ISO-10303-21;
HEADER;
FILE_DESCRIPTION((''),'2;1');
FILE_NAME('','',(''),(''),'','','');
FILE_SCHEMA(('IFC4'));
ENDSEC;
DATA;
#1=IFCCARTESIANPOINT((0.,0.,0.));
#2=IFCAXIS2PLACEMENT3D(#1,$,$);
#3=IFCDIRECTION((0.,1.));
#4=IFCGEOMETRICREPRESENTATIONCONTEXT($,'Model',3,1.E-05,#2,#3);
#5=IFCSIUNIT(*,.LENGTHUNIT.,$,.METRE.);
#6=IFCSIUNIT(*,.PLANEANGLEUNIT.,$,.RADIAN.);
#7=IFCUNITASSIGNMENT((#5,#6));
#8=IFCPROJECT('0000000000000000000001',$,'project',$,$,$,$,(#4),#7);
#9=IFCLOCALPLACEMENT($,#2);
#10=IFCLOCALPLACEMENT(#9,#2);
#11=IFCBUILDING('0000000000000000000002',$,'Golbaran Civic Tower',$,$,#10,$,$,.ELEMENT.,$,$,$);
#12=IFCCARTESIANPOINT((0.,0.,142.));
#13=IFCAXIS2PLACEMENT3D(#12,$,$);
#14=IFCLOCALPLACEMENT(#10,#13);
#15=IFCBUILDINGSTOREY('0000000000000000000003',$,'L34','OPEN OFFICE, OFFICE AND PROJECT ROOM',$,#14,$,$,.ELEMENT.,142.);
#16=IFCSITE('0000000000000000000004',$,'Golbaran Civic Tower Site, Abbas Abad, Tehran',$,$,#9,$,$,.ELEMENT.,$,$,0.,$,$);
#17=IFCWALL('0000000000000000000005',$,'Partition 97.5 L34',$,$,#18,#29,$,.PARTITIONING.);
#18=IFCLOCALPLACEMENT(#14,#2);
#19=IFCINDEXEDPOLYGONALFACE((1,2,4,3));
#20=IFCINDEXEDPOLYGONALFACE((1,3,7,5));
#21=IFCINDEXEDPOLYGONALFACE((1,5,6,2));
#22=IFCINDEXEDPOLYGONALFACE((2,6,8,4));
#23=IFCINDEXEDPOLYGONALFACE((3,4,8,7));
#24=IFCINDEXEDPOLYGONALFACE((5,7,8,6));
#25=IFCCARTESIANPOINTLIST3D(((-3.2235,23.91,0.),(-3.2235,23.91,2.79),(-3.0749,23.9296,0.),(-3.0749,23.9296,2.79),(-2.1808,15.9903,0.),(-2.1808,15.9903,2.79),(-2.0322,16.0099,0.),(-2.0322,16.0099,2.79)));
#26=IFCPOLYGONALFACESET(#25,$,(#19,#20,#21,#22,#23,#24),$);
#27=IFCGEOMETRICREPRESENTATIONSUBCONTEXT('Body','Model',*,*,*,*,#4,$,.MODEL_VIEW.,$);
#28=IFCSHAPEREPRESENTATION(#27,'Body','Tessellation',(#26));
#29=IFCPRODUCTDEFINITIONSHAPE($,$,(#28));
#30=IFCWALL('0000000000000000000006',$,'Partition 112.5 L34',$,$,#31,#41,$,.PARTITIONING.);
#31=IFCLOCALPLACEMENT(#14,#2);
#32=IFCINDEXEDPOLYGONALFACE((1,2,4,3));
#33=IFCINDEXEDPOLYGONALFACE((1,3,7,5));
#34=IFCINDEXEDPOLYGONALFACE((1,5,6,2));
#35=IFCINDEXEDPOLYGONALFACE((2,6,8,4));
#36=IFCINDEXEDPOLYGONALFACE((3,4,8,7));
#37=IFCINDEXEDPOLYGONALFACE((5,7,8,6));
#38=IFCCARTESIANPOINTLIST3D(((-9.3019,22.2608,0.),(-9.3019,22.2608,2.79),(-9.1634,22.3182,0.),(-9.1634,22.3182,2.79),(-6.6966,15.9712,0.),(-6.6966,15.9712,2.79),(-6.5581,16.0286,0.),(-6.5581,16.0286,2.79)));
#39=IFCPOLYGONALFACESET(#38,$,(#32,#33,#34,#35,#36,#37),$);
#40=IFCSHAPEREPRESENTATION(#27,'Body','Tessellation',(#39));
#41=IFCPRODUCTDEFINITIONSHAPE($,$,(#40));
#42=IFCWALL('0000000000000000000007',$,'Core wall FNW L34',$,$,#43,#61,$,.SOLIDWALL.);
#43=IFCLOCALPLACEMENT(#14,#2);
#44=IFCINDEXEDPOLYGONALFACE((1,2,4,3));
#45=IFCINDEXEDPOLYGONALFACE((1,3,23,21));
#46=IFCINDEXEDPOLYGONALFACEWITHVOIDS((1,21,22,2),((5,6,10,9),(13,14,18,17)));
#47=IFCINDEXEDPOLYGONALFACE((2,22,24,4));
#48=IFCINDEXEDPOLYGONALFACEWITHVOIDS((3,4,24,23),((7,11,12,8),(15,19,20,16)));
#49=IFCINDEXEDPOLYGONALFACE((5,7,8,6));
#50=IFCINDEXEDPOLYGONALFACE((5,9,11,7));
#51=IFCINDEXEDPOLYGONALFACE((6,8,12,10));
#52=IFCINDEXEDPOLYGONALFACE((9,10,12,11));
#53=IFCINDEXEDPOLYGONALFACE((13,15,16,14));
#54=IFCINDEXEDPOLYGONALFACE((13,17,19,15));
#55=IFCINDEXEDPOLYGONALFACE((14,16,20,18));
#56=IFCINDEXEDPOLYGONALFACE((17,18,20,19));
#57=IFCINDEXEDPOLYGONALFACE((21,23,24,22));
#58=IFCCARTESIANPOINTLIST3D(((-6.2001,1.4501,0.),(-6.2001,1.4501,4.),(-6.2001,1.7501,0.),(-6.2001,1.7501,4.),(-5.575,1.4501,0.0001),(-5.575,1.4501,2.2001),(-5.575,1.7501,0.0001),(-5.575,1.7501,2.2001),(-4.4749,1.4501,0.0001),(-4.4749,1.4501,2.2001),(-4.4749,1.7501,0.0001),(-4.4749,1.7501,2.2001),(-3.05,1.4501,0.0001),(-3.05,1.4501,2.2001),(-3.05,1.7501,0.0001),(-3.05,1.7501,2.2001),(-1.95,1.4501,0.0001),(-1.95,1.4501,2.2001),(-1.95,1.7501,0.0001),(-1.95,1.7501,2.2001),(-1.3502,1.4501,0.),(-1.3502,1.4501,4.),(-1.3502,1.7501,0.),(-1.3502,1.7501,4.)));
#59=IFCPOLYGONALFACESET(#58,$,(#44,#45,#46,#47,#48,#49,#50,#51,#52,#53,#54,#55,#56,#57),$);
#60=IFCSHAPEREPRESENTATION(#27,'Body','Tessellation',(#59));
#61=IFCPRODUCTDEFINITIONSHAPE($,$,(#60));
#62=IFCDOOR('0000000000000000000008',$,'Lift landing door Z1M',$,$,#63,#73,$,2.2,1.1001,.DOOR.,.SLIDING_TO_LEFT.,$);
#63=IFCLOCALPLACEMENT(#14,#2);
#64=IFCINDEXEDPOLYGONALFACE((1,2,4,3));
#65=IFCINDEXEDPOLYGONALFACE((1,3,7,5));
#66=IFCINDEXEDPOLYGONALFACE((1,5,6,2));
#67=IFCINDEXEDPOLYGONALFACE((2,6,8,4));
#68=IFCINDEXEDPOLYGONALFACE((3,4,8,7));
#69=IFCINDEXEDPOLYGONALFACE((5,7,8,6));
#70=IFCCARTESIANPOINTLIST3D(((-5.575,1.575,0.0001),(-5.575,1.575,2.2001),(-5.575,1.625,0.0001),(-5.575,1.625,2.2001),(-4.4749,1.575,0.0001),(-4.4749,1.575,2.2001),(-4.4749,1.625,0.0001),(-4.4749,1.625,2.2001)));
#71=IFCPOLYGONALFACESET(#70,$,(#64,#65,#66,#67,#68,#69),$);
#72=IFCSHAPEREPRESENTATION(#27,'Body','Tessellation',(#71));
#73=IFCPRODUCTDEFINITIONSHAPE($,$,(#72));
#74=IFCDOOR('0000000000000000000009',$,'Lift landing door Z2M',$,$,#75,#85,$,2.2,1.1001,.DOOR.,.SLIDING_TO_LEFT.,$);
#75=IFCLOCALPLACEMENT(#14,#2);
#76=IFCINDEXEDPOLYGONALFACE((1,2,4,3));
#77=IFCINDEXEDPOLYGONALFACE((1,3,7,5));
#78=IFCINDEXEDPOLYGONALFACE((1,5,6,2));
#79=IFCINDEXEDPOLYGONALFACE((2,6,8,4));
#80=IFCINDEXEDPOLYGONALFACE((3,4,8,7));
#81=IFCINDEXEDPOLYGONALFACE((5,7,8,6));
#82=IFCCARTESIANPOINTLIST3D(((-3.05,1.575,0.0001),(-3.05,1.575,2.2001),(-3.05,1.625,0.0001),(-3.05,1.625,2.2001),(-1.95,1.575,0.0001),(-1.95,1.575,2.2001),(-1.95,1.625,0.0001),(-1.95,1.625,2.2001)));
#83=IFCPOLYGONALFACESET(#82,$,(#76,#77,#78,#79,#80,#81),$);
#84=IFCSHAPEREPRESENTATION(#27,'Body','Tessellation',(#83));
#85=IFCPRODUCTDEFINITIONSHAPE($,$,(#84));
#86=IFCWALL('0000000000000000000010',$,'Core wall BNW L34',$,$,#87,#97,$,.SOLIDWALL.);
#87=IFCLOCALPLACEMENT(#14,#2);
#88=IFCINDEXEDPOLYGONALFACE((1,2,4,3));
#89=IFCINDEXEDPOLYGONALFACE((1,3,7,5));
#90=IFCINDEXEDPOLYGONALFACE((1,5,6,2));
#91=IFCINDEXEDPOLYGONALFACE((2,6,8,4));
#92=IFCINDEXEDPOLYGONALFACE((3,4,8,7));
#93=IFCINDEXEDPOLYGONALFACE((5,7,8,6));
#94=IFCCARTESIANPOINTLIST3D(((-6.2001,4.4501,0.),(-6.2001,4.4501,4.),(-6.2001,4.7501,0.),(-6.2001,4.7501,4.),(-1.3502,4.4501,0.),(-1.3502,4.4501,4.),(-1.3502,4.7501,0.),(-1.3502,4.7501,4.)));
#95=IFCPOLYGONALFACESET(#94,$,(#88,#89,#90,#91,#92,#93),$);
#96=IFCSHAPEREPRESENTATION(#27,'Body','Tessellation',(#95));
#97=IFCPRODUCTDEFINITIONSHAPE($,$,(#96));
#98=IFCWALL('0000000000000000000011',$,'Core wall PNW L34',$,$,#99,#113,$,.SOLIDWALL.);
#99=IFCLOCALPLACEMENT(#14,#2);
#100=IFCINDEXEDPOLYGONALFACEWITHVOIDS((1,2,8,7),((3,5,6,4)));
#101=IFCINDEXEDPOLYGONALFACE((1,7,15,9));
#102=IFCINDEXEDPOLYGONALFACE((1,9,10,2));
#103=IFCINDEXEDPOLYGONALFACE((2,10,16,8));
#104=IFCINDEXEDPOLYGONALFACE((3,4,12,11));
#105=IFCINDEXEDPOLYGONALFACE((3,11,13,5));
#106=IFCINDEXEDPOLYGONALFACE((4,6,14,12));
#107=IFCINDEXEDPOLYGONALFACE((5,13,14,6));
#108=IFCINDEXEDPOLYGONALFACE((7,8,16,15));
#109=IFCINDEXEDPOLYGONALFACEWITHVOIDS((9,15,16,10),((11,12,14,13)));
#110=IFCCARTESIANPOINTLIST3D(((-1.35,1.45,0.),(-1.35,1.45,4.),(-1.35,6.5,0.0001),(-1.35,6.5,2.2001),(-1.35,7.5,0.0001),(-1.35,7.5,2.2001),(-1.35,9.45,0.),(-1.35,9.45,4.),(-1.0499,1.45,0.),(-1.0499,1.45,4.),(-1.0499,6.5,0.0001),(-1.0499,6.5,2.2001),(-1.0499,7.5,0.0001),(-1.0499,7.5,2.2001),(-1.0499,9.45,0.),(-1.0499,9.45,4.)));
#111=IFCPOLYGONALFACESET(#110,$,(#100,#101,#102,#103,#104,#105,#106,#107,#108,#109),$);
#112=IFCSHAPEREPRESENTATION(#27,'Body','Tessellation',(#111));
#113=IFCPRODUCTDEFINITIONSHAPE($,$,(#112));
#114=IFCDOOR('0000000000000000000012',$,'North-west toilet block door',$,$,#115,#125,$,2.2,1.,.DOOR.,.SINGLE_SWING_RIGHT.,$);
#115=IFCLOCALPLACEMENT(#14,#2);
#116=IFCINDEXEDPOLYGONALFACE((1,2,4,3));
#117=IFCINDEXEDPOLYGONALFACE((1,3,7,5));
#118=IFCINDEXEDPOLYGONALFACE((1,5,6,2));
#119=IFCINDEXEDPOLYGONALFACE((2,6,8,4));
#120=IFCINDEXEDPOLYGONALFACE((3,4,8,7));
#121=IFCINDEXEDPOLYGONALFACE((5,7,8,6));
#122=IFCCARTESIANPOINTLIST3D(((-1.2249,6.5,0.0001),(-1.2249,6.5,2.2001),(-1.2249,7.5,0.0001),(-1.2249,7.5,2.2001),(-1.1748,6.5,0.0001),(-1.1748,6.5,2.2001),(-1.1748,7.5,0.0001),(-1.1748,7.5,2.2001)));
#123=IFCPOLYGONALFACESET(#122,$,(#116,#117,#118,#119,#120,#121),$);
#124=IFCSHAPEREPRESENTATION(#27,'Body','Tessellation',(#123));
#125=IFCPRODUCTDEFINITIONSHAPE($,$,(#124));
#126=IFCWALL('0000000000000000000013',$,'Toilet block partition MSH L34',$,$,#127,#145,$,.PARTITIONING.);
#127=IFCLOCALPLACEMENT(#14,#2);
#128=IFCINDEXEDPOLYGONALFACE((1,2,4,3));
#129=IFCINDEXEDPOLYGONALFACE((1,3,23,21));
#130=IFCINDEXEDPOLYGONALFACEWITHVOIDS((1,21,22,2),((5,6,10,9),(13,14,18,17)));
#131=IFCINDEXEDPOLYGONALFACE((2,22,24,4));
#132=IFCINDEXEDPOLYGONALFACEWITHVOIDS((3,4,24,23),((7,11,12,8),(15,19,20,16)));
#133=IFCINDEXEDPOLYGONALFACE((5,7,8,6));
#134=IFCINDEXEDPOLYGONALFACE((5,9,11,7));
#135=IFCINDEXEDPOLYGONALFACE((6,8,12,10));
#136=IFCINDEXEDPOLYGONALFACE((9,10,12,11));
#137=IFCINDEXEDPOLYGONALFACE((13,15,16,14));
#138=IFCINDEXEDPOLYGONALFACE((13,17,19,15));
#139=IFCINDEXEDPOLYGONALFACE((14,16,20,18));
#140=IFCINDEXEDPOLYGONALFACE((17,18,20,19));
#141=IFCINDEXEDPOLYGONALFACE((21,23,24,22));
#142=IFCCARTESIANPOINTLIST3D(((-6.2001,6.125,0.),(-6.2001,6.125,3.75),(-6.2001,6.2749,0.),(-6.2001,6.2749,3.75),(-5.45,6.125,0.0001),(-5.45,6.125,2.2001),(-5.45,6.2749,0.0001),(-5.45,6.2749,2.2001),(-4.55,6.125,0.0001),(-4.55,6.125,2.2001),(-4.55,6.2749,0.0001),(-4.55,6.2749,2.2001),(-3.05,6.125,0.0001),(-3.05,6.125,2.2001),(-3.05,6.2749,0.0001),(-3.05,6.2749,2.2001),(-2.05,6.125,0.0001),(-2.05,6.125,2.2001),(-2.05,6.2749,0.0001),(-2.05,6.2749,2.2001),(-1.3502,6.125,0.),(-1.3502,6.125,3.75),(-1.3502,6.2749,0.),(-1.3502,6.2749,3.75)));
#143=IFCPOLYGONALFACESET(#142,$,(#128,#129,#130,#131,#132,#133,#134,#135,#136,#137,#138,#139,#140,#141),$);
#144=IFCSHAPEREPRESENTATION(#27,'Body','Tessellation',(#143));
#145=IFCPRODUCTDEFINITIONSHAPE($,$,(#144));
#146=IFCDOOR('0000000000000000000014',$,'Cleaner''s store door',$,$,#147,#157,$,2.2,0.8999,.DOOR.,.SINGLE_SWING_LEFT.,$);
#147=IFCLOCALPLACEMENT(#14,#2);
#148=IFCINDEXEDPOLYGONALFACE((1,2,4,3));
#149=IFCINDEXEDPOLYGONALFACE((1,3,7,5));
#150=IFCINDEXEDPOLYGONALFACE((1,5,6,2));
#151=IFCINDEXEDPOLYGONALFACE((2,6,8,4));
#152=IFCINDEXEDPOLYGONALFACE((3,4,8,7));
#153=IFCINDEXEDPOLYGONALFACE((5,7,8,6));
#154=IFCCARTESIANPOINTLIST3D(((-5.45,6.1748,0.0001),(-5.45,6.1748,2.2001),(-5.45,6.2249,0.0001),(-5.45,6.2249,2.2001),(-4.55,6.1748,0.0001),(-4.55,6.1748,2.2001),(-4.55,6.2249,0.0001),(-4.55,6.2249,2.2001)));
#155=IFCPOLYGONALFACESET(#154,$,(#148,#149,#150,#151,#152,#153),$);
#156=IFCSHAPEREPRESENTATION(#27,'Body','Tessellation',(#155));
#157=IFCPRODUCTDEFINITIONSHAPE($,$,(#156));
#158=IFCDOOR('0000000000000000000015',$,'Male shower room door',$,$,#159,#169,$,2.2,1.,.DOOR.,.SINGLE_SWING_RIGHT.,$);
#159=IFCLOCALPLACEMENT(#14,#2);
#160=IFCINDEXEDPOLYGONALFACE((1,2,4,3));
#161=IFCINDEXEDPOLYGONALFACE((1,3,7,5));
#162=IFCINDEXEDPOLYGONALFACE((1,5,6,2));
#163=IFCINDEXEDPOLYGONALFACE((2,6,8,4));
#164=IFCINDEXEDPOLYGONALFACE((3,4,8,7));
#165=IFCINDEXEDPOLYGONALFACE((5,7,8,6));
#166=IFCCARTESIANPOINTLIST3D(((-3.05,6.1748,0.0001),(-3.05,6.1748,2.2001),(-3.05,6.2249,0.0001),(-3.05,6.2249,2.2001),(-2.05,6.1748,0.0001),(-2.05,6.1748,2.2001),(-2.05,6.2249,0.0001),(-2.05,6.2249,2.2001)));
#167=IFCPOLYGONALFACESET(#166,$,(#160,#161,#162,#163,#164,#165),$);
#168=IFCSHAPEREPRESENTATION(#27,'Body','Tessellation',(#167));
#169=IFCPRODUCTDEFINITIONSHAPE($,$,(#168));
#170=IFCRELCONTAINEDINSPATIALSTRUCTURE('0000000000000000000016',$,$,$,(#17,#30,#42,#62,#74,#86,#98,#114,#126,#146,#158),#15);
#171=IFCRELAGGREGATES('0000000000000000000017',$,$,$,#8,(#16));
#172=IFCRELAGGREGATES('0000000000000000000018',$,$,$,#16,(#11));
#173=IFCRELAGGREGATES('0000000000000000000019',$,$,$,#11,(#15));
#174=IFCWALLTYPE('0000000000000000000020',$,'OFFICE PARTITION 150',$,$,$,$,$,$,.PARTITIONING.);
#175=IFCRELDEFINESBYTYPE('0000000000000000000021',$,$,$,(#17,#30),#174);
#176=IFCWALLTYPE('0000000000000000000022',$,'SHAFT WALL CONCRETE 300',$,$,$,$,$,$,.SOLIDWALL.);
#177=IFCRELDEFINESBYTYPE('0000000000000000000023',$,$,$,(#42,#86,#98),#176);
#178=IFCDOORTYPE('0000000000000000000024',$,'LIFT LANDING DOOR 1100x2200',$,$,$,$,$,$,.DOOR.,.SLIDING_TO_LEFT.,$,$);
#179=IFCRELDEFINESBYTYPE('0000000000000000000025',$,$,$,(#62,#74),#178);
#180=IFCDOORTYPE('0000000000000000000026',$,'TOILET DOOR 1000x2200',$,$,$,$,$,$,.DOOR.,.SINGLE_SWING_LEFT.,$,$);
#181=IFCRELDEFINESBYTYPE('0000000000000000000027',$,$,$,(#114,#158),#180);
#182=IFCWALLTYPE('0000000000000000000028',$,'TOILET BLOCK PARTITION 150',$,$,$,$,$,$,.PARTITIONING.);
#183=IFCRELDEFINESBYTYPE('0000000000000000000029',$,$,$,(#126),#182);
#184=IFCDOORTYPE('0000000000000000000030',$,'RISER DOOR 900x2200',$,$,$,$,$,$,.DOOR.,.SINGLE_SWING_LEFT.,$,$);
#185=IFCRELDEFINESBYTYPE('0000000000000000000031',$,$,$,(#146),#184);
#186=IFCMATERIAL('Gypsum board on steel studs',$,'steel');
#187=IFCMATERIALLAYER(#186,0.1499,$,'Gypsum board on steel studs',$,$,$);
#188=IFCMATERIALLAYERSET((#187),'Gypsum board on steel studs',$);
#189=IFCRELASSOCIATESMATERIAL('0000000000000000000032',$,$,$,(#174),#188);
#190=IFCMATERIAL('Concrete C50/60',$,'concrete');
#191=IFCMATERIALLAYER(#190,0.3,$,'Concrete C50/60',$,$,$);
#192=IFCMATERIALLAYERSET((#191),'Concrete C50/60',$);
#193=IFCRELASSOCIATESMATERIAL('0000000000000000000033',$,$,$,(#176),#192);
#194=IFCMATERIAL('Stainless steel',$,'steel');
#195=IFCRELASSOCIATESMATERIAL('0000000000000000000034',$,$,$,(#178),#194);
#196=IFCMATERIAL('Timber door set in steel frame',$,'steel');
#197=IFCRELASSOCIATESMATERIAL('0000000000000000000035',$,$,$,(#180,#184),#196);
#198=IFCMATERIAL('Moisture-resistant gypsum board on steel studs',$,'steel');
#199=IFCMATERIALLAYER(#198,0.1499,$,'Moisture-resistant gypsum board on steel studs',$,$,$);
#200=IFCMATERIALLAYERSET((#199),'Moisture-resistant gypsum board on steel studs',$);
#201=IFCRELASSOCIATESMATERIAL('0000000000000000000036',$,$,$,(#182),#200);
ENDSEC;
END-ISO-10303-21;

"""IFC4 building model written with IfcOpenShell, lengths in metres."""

from ifc_helpers import new_model, si_unit, direction, frame, frame_2d, origin, place, context, subcontext, project, spatial, rectangle, extrude, material, layer, layer_set, type_object, element, fill, save


model = new_model("IFC4")

# Units and contexts
model_context = context("Model", 3, precision=1e-05, world=origin(), true_north=direction((0.0, 1.0)))
body_context = subcontext(model_context, "Body", "Model", "MODEL_VIEW")
ifc_project = project(units=[si_unit("LENGTHUNIT", "METRE"), si_unit("PLANEANGLEUNIT", "RADIAN")], contexts=[model_context])

# Site, building, storey
site_placement = place(None, origin())
site = spatial("IfcSite", under=ifc_project, at=site_placement, Name="Golbaran Civic Tower Site, Abbas Abad, Tehran", CompositionType="ELEMENT", RefElevation=0.0)
building_placement = place(site_placement, origin())
building = spatial("IfcBuilding", under=site, at=building_placement, Name="Golbaran Civic Tower", CompositionType="ELEMENT")
storey_placement = place(building_placement, frame((0.0, 0.0, 142.0)))
storey = spatial("IfcBuildingStorey", under=building, at=storey_placement, Name="L34", Description="OPEN OFFICE, OFFICE AND PROJECT ROOM", CompositionType="ELEMENT", Elevation=142.0)

# Shared definitions
ifc_material_1 = material(Name="Timber door set in steel frame", Category="steel")

# Walls
ifc_material_2 = material(Name="Gypsum board on steel studs", Category="steel")
ifc_layer_1 = layer(ifc_material_2, 0.1499, Name="Gypsum board on steel studs")
ifc_layer_set_1 = layer_set([ifc_layer_1], Name="Gypsum board on steel studs")
wall_type_1 = type_object("IfcWallType", Name="OFFICE PARTITION 150", PredefinedType="PARTITIONING", material=ifc_layer_set_1)
wall_1_placement = place(storey_placement, frame((-2.1064, 16.0, 0.0), z_axis=(0.0, 0.0, 1.0), x_axis=(-0.130536, 0.991444, 0.0)))
element("IfcWall", 1, at=wall_1_placement, inside=storey, type_object=wall_type_1, Name="Partition 97.5 L34", PredefinedType="PARTITIONING", context=body_context, shape_type="SweptSolid", body=[
    extrude(rectangle(XDim=7.988, YDim=0.1499, at=frame_2d((3.9941, 0.0))), origin(), (0.0, 0.0, 1.0), 2.79),
])
wall_2_placement = place(storey_placement, frame((-6.6274, 16.0, 0.0), z_axis=(0.0, 0.0, 1.0), x_axis=(-0.382684, 0.923879, 0.0)))
element("IfcWall", 2, at=wall_2_placement, inside=storey, type_object=wall_type_1, Name="Partition 112.5 L34", PredefinedType="PARTITIONING", context=body_context, shape_type="SweptSolid", body=[
    extrude(rectangle(XDim=6.8079, YDim=0.1499, at=frame_2d((3.4038, 0.0))), origin(), (0.0, 0.0, 1.0), 2.79),
])

# Wall, openings, doors
ifc_material_3 = material(Name="Concrete C50/60", Category="concrete")
ifc_layer_2 = layer(ifc_material_3, 0.3, Name="Concrete C50/60")
ifc_layer_set_2 = layer_set([ifc_layer_2], Name="Concrete C50/60")
wall_type_2 = type_object("IfcWallType", Name="SHAFT WALL CONCRETE 300", PredefinedType="SOLIDWALL", material=ifc_layer_set_2)
wall_3_placement = place(storey_placement, frame((-6.2, 1.6001, 0.0), z_axis=(0.0, 0.0, 1.0), x_axis=(1.0, 0.0, 0.0)))
wall_3 = element("IfcWall", 3, at=wall_3_placement, inside=storey, type_object=wall_type_2, Name="Core wall FNW L34", PredefinedType="SOLIDWALL", context=body_context, shape_type="SweptSolid", body=[
    extrude(rectangle(XDim=4.8499, YDim=0.3, at=frame_2d((2.4248, 0.0))), origin(), (0.0, 0.0, 1.0), 4.0),
])
opening_1_placement = place(wall_3_placement, frame((0.625, 0.0, 0.0)))
opening_1 = element("IfcOpeningElement", 4, at=opening_1_placement, cuts=wall_3, PredefinedType="OPENING", context=body_context, shape_type="SweptSolid", body=[
    extrude(rectangle(XDim=1.1001, YDim=2.2, at=frame_2d((0.55, 1.1001))), frame((0.0, 0.1599, 0.0), z_axis=(0.0, -1.0, 0.0), x_axis=(1.0, 0.0, 0.0)), (0.0, 0.0, 1.0), 0.3201),
])
opening_2_placement = place(wall_3_placement, frame((3.1499, 0.0, 0.0)))
opening_2 = element("IfcOpeningElement", 5, at=opening_2_placement, cuts=wall_3, PredefinedType="OPENING", context=body_context, shape_type="SweptSolid", body=[
    extrude(rectangle(XDim=1.1001, YDim=2.2, at=frame_2d((0.55, 1.1001))), frame((0.0, 0.1599, 0.0), z_axis=(0.0, -1.0, 0.0), x_axis=(1.0, 0.0, 0.0)), (0.0, 0.0, 1.0), 0.3201),
])
ifc_material_4 = material(Name="Stainless steel", Category="steel")
door_type_1 = type_object("IfcDoorType", Name="LIFT LANDING DOOR 1100x2200", OperationType="SLIDING_TO_LEFT", PredefinedType="DOOR", material=ifc_material_4)
door_1_placement = place(opening_1_placement, origin())
door_1 = element("IfcDoor", 6, at=door_1_placement, inside=storey, type_object=door_type_1, Name="Lift landing door Z1M", OperationType="SLIDING_TO_LEFT", OverallHeight=2.2, OverallWidth=1.1001, PredefinedType="DOOR", context=body_context, shape_type="SweptSolid", body=[
    extrude(rectangle(XDim=1.1001, YDim=2.2, at=frame_2d((0.55, 1.1001))), frame((0.0, 0.0249, 0.0), z_axis=(0.0, -1.0, 0.0), x_axis=(1.0, 0.0, 0.0)), (0.0, 0.0, 1.0), 0.05),
])
fill(opening_1, door_1)
door_2_placement = place(opening_2_placement, origin())
door_2 = element("IfcDoor", 7, at=door_2_placement, inside=storey, type_object=door_type_1, Name="Lift landing door Z2M", OperationType="SLIDING_TO_LEFT", OverallHeight=2.2, OverallWidth=1.1001, PredefinedType="DOOR", context=body_context, shape_type="SweptSolid", body=[
    extrude(rectangle(XDim=1.1001, YDim=2.2, at=frame_2d((0.55, 1.1001))), frame((0.0, 0.0249, 0.0), z_axis=(0.0, -1.0, 0.0), x_axis=(1.0, 0.0, 0.0)), (0.0, 0.0, 1.0), 0.05),
])
fill(opening_2, door_2)

# Wall
wall_4_placement = place(storey_placement, frame((-6.2, 4.6001, 0.0), z_axis=(0.0, 0.0, 1.0), x_axis=(1.0, 0.0, 0.0)))
element("IfcWall", 8, at=wall_4_placement, inside=storey, type_object=wall_type_2, Name="Core wall BNW L34", PredefinedType="SOLIDWALL", context=body_context, shape_type="SweptSolid", body=[
    extrude(rectangle(XDim=4.8499, YDim=0.3, at=frame_2d((2.4248, 0.0))), origin(), (0.0, 0.0, 1.0), 4.0),
])

# Wall, opening, door
wall_5_placement = place(storey_placement, frame((-1.2, 1.45, 0.0), z_axis=(0.0, 0.0, 1.0), x_axis=(0.0, 1.0, 0.0)))
wall_5 = element("IfcWall", 9, at=wall_5_placement, inside=storey, type_object=wall_type_2, Name="Core wall PNW L34", PredefinedType="SOLIDWALL", context=body_context, shape_type="SweptSolid", body=[
    extrude(rectangle(XDim=8.0, YDim=0.3, at=frame_2d((4.0, 0.0))), origin(), (0.0, 0.0, 1.0), 4.0),
])
opening_3_placement = place(wall_5_placement, frame((5.05, 0.0, 0.0)))
opening_3 = element("IfcOpeningElement", 10, at=opening_3_placement, cuts=wall_5, PredefinedType="OPENING", context=body_context, shape_type="SweptSolid", body=[
    extrude(rectangle(XDim=1.0, YDim=2.2, at=frame_2d((0.5, 1.1001))), frame((0.0, 0.1599, 0.0), z_axis=(0.0, -1.0, 0.0), x_axis=(1.0, 0.0, 0.0)), (0.0, 0.0, 1.0), 0.3201),
])
door_type_2 = type_object("IfcDoorType", Name="TOILET DOOR 1000x2200", OperationType="SINGLE_SWING_LEFT", PredefinedType="DOOR", material=ifc_material_1)
door_3_placement = place(opening_3_placement, origin())
door_3 = element("IfcDoor", 11, at=door_3_placement, inside=storey, type_object=door_type_2, Name="North-west toilet block door", OperationType="SINGLE_SWING_RIGHT", OverallHeight=2.2, OverallWidth=1.0, PredefinedType="DOOR", context=body_context, shape_type="SweptSolid", body=[
    extrude(rectangle(XDim=1.0, YDim=2.2, at=frame_2d((0.5, 1.1001))), frame((0.0, 0.0249, 0.0), z_axis=(0.0, -1.0, 0.0), x_axis=(1.0, 0.0, 0.0)), (0.0, 0.0, 1.0), 0.05),
])
fill(opening_3, door_3)

# Wall, openings, doors
ifc_material_5 = material(Name="Moisture-resistant gypsum board on steel studs", Category="steel")
ifc_layer_3 = layer(ifc_material_5, 0.1499, Name="Moisture-resistant gypsum board on steel studs")
ifc_layer_set_3 = layer_set([ifc_layer_3], Name="Moisture-resistant gypsum board on steel studs")
wall_type_3 = type_object("IfcWallType", Name="TOILET BLOCK PARTITION 150", PredefinedType="PARTITIONING", material=ifc_layer_set_3)
wall_6_placement = place(storey_placement, frame((-6.2, 6.2, 0.0), z_axis=(0.0, 0.0, 1.0), x_axis=(1.0, 0.0, 0.0)))
wall_6 = element("IfcWall", 12, at=wall_6_placement, inside=storey, type_object=wall_type_3, Name="Toilet block partition MSH L34", PredefinedType="PARTITIONING", context=body_context, shape_type="SweptSolid", body=[
    extrude(rectangle(XDim=4.8499, YDim=0.1499, at=frame_2d((2.4248, 0.0))), origin(), (0.0, 0.0, 1.0), 3.75),
])
opening_4_placement = place(wall_6_placement, frame((3.1499, 0.0, 0.0)))
opening_4 = element("IfcOpeningElement", 13, at=opening_4_placement, cuts=wall_6, PredefinedType="OPENING", context=body_context, shape_type="SweptSolid", body=[
    extrude(rectangle(XDim=1.0, YDim=2.2, at=frame_2d((0.5, 1.1001))), frame((0.0, 0.085, 0.0), z_axis=(0.0, -1.0, 0.0), x_axis=(1.0, 0.0, 0.0)), (0.0, 0.0, 1.0), 0.1699),
])
opening_5_placement = place(wall_6_placement, frame((0.75, 0.0, 0.0)))
opening_5 = element("IfcOpeningElement", 14, at=opening_5_placement, cuts=wall_6, PredefinedType="OPENING", context=body_context, shape_type="SweptSolid", body=[
    extrude(rectangle(XDim=0.8999, YDim=2.2, at=frame_2d((0.45, 1.1001))), frame((0.0, 0.085, 0.0), z_axis=(0.0, -1.0, 0.0), x_axis=(1.0, 0.0, 0.0)), (0.0, 0.0, 1.0), 0.1699),
])
door_type_3 = type_object("IfcDoorType", Name="RISER DOOR 900x2200", OperationType="SINGLE_SWING_LEFT", PredefinedType="DOOR", material=ifc_material_1)
door_4_placement = place(opening_5_placement, origin())
door_4 = element("IfcDoor", 15, at=door_4_placement, inside=storey, type_object=door_type_3, Name="Cleaner's store door", OperationType="SINGLE_SWING_LEFT", OverallHeight=2.2, OverallWidth=0.8999, PredefinedType="DOOR", context=body_context, shape_type="SweptSolid", body=[
    extrude(rectangle(XDim=0.8999, YDim=2.2, at=frame_2d((0.45, 1.1001))), frame((0.0, 0.0249, 0.0), z_axis=(0.0, -1.0, 0.0), x_axis=(1.0, 0.0, 0.0)), (0.0, 0.0, 1.0), 0.05),
])
fill(opening_5, door_4)
door_5_placement = place(opening_4_placement, origin())
door_5 = element("IfcDoor", 16, at=door_5_placement, inside=storey, type_object=door_type_2, Name="Male shower room door", OperationType="SINGLE_SWING_RIGHT", OverallHeight=2.2, OverallWidth=1.0, PredefinedType="DOOR", context=body_context, shape_type="SweptSolid", body=[
    extrude(rectangle(XDim=1.0, YDim=2.2, at=frame_2d((0.5, 1.1001))), frame((0.0, 0.0249, 0.0), z_axis=(0.0, -1.0, 0.0), x_axis=(1.0, 0.0, 0.0)), (0.0, 0.0, 1.0), 0.05),
])
fill(opening_4, door_5)

save(model, "model.ifc")
